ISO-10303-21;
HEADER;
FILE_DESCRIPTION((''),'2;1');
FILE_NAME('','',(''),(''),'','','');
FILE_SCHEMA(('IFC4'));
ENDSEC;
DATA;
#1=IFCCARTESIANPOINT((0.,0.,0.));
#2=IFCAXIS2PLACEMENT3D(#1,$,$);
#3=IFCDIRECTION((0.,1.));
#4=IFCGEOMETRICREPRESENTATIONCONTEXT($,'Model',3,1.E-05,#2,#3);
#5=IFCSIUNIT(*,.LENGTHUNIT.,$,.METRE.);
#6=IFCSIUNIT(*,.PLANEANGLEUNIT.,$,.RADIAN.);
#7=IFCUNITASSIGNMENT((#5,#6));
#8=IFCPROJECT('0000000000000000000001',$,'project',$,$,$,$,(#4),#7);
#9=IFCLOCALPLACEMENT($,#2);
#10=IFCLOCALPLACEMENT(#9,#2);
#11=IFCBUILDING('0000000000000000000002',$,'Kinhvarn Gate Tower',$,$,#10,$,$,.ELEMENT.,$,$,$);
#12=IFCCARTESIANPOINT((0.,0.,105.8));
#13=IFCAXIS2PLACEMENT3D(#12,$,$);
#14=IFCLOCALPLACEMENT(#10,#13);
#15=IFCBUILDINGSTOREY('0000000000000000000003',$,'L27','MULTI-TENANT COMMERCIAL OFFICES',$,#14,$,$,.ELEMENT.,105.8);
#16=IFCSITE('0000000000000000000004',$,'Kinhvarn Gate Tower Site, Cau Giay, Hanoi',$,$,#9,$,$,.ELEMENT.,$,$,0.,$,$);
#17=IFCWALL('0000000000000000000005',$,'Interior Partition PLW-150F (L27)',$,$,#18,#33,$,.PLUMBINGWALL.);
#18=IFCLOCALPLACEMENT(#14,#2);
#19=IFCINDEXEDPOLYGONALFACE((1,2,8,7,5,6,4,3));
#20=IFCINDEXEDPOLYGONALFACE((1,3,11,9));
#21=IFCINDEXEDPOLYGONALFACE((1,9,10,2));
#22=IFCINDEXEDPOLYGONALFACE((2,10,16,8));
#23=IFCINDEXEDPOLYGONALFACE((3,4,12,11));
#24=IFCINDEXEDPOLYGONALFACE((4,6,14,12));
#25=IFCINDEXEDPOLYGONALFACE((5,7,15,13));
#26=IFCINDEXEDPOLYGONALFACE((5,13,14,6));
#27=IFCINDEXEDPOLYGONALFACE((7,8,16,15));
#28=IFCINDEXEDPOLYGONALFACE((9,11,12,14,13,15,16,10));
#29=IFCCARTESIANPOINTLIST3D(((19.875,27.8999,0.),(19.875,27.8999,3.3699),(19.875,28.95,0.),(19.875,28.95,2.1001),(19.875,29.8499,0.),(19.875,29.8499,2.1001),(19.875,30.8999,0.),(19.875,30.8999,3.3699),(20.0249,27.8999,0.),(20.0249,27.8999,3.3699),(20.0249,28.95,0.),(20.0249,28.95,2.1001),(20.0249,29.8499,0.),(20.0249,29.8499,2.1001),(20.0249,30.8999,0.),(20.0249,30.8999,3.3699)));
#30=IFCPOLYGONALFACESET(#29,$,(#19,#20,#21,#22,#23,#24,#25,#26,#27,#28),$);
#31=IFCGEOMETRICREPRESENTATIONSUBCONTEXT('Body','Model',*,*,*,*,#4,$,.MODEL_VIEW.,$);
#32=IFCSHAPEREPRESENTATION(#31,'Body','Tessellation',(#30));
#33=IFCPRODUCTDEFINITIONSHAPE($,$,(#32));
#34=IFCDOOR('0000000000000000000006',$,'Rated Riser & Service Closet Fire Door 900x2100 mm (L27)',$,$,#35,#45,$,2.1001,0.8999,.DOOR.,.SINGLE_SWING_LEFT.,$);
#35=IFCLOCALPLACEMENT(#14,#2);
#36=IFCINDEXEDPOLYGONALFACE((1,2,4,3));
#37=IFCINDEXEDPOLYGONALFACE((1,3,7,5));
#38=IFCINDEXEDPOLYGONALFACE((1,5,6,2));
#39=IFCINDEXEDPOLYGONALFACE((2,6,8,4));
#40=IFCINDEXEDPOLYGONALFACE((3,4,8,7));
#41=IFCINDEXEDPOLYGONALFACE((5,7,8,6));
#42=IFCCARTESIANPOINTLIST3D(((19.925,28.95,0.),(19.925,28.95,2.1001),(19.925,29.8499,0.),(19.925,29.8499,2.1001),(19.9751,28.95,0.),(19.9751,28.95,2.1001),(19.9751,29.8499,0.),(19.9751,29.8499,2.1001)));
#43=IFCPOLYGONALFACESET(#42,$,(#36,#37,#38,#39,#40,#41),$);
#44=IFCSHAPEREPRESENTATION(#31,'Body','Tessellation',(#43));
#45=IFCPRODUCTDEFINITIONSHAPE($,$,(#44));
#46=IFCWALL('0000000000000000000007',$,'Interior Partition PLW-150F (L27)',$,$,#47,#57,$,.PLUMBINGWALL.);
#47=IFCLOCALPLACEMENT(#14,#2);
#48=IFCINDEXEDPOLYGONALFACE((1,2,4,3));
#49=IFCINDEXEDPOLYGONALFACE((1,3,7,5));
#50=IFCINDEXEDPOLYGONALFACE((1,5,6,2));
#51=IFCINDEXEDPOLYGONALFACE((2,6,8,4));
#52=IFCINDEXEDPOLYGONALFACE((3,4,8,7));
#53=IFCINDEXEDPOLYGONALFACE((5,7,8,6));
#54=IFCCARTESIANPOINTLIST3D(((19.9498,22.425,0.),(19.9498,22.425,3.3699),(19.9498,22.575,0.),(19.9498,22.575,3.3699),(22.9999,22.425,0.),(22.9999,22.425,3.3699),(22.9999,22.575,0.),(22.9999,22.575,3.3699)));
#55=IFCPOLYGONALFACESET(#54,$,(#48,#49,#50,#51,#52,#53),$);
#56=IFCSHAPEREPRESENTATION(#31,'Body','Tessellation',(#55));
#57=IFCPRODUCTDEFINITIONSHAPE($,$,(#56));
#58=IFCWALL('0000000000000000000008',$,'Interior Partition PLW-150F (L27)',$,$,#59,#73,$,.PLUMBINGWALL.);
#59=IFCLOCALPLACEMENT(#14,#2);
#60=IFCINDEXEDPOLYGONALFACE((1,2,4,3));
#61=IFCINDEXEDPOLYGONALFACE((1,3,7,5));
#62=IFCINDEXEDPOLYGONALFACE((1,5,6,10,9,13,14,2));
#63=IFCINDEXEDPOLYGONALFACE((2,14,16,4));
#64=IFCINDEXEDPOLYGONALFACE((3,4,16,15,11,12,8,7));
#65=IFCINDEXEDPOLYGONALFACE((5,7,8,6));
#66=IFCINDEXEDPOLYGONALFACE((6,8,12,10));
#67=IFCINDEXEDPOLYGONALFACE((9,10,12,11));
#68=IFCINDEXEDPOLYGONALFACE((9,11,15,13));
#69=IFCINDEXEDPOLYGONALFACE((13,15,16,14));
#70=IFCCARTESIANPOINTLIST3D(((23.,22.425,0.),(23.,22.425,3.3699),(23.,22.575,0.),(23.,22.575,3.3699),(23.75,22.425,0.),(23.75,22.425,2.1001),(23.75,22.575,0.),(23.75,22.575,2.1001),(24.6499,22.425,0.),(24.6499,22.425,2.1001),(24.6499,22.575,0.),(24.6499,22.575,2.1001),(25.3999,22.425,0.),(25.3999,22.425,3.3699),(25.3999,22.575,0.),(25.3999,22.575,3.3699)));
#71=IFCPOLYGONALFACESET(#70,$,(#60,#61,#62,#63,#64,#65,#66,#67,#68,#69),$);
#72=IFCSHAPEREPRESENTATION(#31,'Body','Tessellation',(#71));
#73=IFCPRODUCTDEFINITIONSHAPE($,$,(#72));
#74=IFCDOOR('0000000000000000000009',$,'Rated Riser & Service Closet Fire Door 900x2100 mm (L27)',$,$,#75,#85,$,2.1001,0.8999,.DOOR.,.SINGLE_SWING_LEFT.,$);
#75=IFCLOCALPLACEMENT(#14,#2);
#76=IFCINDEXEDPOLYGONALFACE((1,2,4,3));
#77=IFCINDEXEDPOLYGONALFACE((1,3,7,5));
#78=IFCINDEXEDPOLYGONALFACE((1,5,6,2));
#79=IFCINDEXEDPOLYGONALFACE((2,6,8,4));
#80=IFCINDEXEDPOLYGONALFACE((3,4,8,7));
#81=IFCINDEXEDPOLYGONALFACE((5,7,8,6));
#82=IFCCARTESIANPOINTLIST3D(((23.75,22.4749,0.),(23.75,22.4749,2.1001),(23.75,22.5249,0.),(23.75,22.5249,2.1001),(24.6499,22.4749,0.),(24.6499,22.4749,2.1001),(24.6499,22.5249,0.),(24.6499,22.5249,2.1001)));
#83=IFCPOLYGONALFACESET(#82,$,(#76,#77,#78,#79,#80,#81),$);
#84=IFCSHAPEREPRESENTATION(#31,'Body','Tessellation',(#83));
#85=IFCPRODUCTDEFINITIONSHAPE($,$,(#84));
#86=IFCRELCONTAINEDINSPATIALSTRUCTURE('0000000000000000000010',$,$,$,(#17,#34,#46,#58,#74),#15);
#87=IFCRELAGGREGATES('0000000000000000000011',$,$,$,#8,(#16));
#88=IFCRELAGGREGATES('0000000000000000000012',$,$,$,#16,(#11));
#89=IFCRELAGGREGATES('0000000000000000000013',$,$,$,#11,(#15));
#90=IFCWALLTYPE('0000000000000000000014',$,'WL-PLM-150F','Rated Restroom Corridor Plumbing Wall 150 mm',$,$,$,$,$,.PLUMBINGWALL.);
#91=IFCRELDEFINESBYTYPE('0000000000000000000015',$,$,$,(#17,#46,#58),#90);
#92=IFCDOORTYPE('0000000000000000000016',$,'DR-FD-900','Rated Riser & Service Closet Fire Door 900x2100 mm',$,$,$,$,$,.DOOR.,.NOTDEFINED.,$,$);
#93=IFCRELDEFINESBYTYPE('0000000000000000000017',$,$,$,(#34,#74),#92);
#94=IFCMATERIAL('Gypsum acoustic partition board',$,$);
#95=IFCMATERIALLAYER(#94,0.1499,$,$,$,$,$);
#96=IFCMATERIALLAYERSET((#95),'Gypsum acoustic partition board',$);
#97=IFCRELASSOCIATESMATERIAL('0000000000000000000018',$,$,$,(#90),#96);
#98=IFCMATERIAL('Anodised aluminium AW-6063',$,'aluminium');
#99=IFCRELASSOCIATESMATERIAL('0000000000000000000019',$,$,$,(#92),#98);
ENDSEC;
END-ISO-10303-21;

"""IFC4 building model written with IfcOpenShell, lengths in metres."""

from ifc_helpers import new_model, si_unit, direction, frame, frame_2d, origin, place, context, subcontext, project, spatial, rectangle, extrude, material, layer, layer_set, type_object, element, fill, save


model = new_model("IFC4")

# Units and contexts
model_context = context("Model", 3, precision=1e-05, world=origin(), true_north=direction((0.0, 1.0)))
body_context = subcontext(model_context, "Body", "Model", "MODEL_VIEW")
ifc_project = project(units=[si_unit("LENGTHUNIT", "METRE"), si_unit("PLANEANGLEUNIT", "RADIAN")], contexts=[model_context])

# Site, building, storey
site_placement = place(None, origin())
site = spatial("IfcSite", under=ifc_project, at=site_placement, Name="Kinhvarn Gate Tower Site, Cau Giay, Hanoi", CompositionType="ELEMENT", RefElevation=0.0)
building_placement = place(site_placement, origin())
building = spatial("IfcBuilding", under=site, at=building_placement, Name="Kinhvarn Gate Tower", CompositionType="ELEMENT")
storey_placement = place(building_placement, frame((0.0, 0.0, 105.8)))
storey = spatial("IfcBuildingStorey", under=building, at=storey_placement, Name="L27", Description="MULTI-TENANT COMMERCIAL OFFICES", CompositionType="ELEMENT", Elevation=105.8)

# Shared definitions
ifc_material_1 = material(Name="Anodised aluminium AW-6063", Category="aluminium")

# Shared definitions
ifc_material_2 = material(Name="Gypsum acoustic partition board")

# Wall, opening, door
ifc_layer_1 = layer(ifc_material_2, 0.1499)
ifc_layer_set_1 = layer_set([ifc_layer_1], Name="Gypsum acoustic partition board")
wall_type_1 = type_object("IfcWallType", Name="WL-PLM-150F", Description="Rated Restroom Corridor Plumbing Wall 150 mm", PredefinedType="PLUMBINGWALL", material=ifc_layer_set_1)
door_type_1 = type_object("IfcDoorType", Name="DR-FD-900", Description="Rated Riser & Service Closet Fire Door 900x2100 mm", OperationType="NOTDEFINED", PredefinedType="DOOR", material=ifc_material_1)
wall_1_placement = place(storey_placement, frame((19.95, 27.8999, 0.0), z_axis=(0.0, 0.0, 1.0), x_axis=(0.0, 1.0, 0.0)))
wall_1 = element("IfcWall", 1, at=wall_1_placement, inside=storey, type_object=wall_type_1, Name="Interior Partition PLW-150F (L27)", PredefinedType="PLUMBINGWALL", context=body_context, shape_type="SweptSolid", body=[
    extrude(rectangle(XDim=3.0, YDim=0.1499, at=frame_2d((1.5, 0.0))), origin(), (0.0, 0.0, 1.0), 3.3699),
])
opening_1_placement = place(wall_1_placement, frame((1.05, 0.0, 0.0)))
opening_1 = element("IfcOpeningElement", 2, at=opening_1_placement, cuts=wall_1, PredefinedType="OPENING", context=body_context, shape_type="SweptSolid", body=[
    extrude(rectangle(XDim=0.8999, YDim=2.1001, at=frame_2d((0.45, 1.05))), frame((0.0, 0.085, 0.0), z_axis=(0.0, -1.0, 0.0), x_axis=(1.0, 0.0, 0.0)), (0.0, 0.0, 1.0), 0.1699),
])
door_1_placement = place(opening_1_placement, origin())
door_1 = element("IfcDoor", 3, at=door_1_placement, inside=storey, type_object=door_type_1, Name="Rated Riser & Service Closet Fire Door 900x2100 mm (L27)", OperationType="SINGLE_SWING_LEFT", OverallHeight=2.1001, OverallWidth=0.8999, PredefinedType="DOOR", context=body_context, shape_type="SweptSolid", body=[
    extrude(rectangle(XDim=0.8999, YDim=2.1001, at=frame_2d((0.45, 1.05))), frame((0.0, 0.0249, 0.0), z_axis=(0.0, -1.0, 0.0), x_axis=(1.0, 0.0, 0.0)), (0.0, 0.0, 1.0), 0.05),
])
fill(opening_1, door_1)

# Wall
wall_2_placement = place(storey_placement, frame((19.95, 22.5, 0.0), z_axis=(0.0, 0.0, 1.0), x_axis=(1.0, 0.0, 0.0)))
element("IfcWall", 4, at=wall_2_placement, inside=storey, type_object=wall_type_1, Name="Interior Partition PLW-150F (L27)", PredefinedType="PLUMBINGWALL", context=body_context, shape_type="SweptSolid", body=[
    extrude(rectangle(XDim=3.05, YDim=0.1499, at=frame_2d((1.5249, 0.0))), origin(), (0.0, 0.0, 1.0), 3.3699),
])

# Wall, opening, door
wall_3_placement = place(storey_placement, frame((23.0, 22.5, 0.0), z_axis=(0.0, 0.0, 1.0), x_axis=(1.0, 0.0, 0.0)))
wall_3 = element("IfcWall", 5, at=wall_3_placement, inside=storey, type_object=wall_type_1, Name="Interior Partition PLW-150F (L27)", PredefinedType="PLUMBINGWALL", context=body_context, shape_type="SweptSolid", body=[
    extrude(rectangle(XDim=2.3999, YDim=0.1499, at=frame_2d((1.2, 0.0))), origin(), (0.0, 0.0, 1.0), 3.3699),
])
opening_2_placement = place(wall_3_placement, frame((0.75, 0.0, 0.0)))
opening_2 = element("IfcOpeningElement", 6, at=opening_2_placement, cuts=wall_3, PredefinedType="OPENING", context=body_context, shape_type="SweptSolid", body=[
    extrude(rectangle(XDim=0.8999, YDim=2.1001, at=frame_2d((0.45, 1.05))), frame((0.0, 0.085, 0.0), z_axis=(0.0, -1.0, 0.0), x_axis=(1.0, 0.0, 0.0)), (0.0, 0.0, 1.0), 0.1699),
])
door_2_placement = place(opening_2_placement, origin())
door_2 = element("IfcDoor", 7, at=door_2_placement, inside=storey, type_object=door_type_1, Name="Rated Riser & Service Closet Fire Door 900x2100 mm (L27)", OperationType="SINGLE_SWING_LEFT", OverallHeight=2.1001, OverallWidth=0.8999, PredefinedType="DOOR", context=body_context, shape_type="SweptSolid", body=[
    extrude(rectangle(XDim=0.8999, YDim=2.1001, at=frame_2d((0.45, 1.05))), frame((0.0, 0.0249, 0.0), z_axis=(0.0, -1.0, 0.0), x_axis=(1.0, 0.0, 0.0)), (0.0, 0.0, 1.0), 0.05),
])
fill(opening_2, door_2)

save(model, "model.ifc")
